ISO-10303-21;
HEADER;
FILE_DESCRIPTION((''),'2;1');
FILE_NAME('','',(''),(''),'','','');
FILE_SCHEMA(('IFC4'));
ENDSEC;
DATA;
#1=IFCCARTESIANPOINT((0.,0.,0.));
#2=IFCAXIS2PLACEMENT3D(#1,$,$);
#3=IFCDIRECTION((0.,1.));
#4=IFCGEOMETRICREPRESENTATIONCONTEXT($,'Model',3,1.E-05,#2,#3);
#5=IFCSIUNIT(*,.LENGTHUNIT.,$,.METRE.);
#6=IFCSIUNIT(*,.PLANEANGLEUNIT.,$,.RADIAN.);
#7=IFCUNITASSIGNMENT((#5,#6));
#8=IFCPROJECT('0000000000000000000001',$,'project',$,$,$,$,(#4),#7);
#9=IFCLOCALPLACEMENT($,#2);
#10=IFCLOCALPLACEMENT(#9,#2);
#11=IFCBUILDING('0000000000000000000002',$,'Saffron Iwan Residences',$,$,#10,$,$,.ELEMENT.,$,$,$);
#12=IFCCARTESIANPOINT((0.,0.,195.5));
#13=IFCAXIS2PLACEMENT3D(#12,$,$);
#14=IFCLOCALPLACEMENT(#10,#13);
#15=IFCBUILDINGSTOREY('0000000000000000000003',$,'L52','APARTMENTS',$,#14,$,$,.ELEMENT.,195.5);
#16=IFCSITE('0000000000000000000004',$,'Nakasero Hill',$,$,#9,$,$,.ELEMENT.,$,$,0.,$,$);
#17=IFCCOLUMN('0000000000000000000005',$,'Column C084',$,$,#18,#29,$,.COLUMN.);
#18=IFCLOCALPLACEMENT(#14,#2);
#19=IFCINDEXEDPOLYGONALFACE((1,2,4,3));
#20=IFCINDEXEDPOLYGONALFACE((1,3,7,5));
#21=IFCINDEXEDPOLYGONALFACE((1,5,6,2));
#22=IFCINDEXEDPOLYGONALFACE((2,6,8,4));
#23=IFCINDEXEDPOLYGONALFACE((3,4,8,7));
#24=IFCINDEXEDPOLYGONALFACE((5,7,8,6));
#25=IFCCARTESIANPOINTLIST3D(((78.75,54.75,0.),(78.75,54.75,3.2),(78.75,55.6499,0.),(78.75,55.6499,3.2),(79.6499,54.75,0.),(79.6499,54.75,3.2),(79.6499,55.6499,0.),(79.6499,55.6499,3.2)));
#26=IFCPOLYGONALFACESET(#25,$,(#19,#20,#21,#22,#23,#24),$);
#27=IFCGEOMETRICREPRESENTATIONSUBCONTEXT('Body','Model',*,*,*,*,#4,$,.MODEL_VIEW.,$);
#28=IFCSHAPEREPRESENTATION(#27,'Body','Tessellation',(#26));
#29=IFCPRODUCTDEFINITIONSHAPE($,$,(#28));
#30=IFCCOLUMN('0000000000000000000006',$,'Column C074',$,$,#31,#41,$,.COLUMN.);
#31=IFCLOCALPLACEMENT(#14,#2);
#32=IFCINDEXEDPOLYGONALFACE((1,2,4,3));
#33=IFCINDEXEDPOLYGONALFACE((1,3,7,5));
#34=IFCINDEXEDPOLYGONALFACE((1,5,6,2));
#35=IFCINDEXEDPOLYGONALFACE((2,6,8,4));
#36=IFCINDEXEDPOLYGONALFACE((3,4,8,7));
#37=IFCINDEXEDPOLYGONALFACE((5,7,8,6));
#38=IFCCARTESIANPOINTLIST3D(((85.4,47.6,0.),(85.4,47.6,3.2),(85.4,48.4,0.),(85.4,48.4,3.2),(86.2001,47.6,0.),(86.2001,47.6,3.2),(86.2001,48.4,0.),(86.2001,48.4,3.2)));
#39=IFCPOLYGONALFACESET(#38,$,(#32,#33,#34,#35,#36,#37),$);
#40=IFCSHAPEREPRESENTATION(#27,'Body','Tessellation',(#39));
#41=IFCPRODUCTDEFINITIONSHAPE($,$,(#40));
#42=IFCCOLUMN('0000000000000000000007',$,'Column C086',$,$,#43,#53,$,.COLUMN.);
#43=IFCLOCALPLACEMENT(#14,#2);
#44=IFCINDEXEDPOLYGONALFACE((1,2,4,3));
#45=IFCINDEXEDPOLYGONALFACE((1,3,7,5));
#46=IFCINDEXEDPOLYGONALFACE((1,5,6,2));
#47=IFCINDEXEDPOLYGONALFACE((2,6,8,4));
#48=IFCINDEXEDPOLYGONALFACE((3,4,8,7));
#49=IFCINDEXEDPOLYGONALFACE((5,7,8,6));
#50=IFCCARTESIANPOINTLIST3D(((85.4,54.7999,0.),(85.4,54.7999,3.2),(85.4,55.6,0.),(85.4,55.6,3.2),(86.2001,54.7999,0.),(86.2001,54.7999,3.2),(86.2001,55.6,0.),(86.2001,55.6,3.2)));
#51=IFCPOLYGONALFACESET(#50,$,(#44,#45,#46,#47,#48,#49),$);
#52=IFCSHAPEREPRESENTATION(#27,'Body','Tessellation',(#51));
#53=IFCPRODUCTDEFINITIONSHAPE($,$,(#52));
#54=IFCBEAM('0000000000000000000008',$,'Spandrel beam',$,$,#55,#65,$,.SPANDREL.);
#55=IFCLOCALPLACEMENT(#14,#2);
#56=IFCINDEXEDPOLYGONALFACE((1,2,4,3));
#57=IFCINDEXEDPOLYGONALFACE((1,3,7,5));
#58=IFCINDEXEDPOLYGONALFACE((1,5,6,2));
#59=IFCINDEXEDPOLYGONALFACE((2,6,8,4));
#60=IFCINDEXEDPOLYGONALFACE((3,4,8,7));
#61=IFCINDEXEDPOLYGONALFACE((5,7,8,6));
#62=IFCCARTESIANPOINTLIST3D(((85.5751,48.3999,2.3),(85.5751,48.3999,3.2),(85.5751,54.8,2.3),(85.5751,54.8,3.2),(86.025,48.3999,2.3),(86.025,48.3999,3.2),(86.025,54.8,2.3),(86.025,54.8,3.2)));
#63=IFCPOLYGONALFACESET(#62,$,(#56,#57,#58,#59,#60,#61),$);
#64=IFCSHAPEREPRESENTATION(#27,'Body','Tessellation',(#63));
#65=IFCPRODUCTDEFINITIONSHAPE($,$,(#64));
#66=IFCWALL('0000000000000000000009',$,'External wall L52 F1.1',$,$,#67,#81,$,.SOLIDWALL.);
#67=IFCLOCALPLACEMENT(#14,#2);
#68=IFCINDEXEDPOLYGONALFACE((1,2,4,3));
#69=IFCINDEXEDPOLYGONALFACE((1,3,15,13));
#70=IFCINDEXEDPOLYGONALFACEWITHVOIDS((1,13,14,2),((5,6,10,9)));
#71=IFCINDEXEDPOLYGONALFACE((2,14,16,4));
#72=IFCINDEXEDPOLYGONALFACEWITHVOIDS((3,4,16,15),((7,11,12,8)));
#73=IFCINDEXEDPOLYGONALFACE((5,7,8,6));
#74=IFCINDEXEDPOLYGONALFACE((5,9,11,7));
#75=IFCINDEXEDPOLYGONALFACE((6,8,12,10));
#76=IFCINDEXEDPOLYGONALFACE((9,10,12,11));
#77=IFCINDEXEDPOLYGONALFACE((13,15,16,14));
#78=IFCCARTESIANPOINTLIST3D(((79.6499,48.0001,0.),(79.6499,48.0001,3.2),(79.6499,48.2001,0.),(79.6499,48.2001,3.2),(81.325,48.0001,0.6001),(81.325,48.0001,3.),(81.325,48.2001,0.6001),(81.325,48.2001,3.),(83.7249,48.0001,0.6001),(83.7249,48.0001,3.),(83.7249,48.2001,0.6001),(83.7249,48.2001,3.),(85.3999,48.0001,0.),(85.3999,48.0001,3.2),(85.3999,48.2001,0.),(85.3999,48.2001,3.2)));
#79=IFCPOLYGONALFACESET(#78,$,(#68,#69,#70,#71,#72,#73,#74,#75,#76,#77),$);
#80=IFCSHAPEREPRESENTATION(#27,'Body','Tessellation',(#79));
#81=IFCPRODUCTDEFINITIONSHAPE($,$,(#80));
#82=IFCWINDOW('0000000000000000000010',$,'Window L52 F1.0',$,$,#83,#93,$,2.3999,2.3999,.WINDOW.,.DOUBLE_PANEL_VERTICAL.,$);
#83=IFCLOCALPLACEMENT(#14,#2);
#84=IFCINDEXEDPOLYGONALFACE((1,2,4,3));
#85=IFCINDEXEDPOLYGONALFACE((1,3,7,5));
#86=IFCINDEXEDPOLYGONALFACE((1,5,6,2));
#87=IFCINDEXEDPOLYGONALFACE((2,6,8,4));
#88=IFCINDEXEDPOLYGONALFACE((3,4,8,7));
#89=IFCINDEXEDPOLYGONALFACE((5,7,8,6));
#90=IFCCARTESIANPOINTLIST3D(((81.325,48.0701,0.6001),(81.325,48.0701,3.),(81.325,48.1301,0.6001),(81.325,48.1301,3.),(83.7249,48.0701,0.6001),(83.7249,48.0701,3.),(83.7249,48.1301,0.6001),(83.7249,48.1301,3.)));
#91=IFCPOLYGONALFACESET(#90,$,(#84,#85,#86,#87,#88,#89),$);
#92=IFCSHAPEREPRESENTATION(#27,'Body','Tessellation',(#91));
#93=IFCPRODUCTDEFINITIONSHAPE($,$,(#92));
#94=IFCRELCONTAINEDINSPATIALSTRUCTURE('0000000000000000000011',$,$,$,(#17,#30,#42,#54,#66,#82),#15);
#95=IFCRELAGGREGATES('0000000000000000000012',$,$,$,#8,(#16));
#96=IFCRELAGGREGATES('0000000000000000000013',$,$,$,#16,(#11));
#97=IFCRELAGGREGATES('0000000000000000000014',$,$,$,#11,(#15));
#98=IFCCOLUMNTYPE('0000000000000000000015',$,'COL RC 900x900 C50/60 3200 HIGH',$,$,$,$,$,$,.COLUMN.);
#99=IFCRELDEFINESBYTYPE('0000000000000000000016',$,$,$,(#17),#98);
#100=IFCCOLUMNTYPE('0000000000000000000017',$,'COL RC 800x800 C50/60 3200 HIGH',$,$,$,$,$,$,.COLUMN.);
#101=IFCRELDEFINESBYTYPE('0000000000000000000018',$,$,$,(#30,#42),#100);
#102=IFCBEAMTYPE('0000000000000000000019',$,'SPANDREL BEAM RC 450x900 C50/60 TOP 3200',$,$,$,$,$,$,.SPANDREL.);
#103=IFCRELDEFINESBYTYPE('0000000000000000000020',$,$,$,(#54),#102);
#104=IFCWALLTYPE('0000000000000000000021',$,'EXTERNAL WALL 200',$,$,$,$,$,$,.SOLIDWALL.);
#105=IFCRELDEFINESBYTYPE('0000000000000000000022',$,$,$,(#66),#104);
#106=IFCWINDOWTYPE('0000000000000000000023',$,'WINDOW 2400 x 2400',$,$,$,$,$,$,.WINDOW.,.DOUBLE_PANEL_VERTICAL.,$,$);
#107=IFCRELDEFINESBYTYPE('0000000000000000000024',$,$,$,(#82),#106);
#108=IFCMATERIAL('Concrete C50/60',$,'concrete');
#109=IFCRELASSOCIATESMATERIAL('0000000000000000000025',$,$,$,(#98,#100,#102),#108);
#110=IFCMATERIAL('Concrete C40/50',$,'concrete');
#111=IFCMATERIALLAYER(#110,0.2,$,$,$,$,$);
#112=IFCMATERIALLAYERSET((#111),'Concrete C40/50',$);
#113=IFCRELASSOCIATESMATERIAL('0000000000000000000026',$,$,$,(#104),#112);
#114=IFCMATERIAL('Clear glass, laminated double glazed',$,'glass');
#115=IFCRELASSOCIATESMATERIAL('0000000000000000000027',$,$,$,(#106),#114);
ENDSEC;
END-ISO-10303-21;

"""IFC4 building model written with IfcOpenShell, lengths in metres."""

from ifc_helpers import new_model, si_unit, direction, frame, frame_2d, origin, origin_2d, place, context, subcontext, project, spatial, rectangle, extrude, source, transform, mapped, material, layer, layer_set, material_profile, profile_set, type_object, element, fill, save


model = new_model("IFC4")

# Units and contexts
model_context = context("Model", 3, precision=1e-05, world=origin(), true_north=direction((0.0, 1.0)))
body_context = subcontext(model_context, "Body", "Model", "MODEL_VIEW")
ifc_project = project(units=[si_unit("LENGTHUNIT", "METRE"), si_unit("PLANEANGLEUNIT", "RADIAN")], contexts=[model_context])

# Site, building, storey
site_placement = place(None, origin())
site = spatial("IfcSite", under=ifc_project, at=site_placement, Name="Nakasero Hill", CompositionType="ELEMENT", RefElevation=0.0)
building_placement = place(site_placement, origin())
building = spatial("IfcBuilding", under=site, at=building_placement, Name="Saffron Iwan Residences", CompositionType="ELEMENT")
storey_placement = place(building_placement, frame((0.0, 0.0, 195.5)))
storey = spatial("IfcBuildingStorey", under=building, at=storey_placement, Name="L52", Description="APARTMENTS", CompositionType="ELEMENT", Elevation=195.5)

# Columns
ifc_material_1 = material(Name="Concrete C50/60", Category="concrete")
ifc_material_profile_1 = material_profile(ifc_material_1, rectangle(XDim=0.8999, YDim=0.8999, at=origin_2d()), Name="RC 900x900")
ifc_profile_set_1 = profile_set([ifc_material_profile_1], Name="Concrete C50/60")
column_type_1 = type_object("IfcColumnType", Name="COL RC 900x900 C50/60 3200 HIGH", PredefinedType="COLUMN", material=ifc_profile_set_1)
shared_shape_1 = source(origin(), body_context, "Body", "SweptSolid", [
    extrude(rectangle(XDim=0.8999, YDim=0.8999, at=origin_2d()), origin(), (0.0, 0.0, 1.0), 3.2),
])
column_placement = place(storey_placement, frame((79.2, 55.2, 0.0), z_axis=(0.0, 0.0, 1.0), x_axis=(1.0, 0.0, 0.0)))
element("IfcColumn", 1, at=column_placement, inside=storey, type_object=column_type_1, Name="Column C084", PredefinedType="COLUMN", context=body_context, shape_type="MappedRepresentation", body=[
    mapped(shared_shape_1, transform((0.0, 0.0, 0.0))),
])
ifc_material_profile_2 = material_profile(ifc_material_1, rectangle(XDim=0.8, YDim=0.8, at=origin_2d()), Name="RC 800x800")
ifc_profile_set_2 = profile_set([ifc_material_profile_2], Name="Concrete C50/60")
column_type_2 = type_object("IfcColumnType", Name="COL RC 800x800 C50/60 3200 HIGH", PredefinedType="COLUMN", material=ifc_profile_set_2)
shared_shape_2 = source(origin(), body_context, "Body", "SweptSolid", [
    extrude(rectangle(XDim=0.8, YDim=0.8, at=origin_2d()), origin(), (0.0, 0.0, 1.0), 3.2),
])
for number, where, z_axis, x_axis, name in (
    (2, (85.8, 48.0, 0.0), (0.0, 0.0, 1.0), (1.0, 0.0, 0.0), "Column C074"),
    (3, (85.8, 55.2, 0.0), (0.0, 0.0, 1.0), (1.0, 0.0, 0.0), "Column C086"),
):
    element("IfcColumn", number, at=place(storey_placement, frame(where, z_axis=z_axis, x_axis=x_axis)), inside=storey, type_object=column_type_2, Name=name, PredefinedType="COLUMN", context=body_context, shape_type="MappedRepresentation", body=[
        mapped(shared_shape_2, transform((0.0, 0.0, 0.0))),
    ])

# Beam
ifc_material_profile_3 = material_profile(ifc_material_1, rectangle(XDim=0.45, YDim=0.8999, at=origin_2d()), Name="RC 450x900")
ifc_profile_set_3 = profile_set([ifc_material_profile_3], Name="Concrete C50/60")
beam_type = type_object("IfcBeamType", Name="SPANDREL BEAM RC 450x900 C50/60 TOP 3200", PredefinedType="SPANDREL", material=ifc_profile_set_3)
shared_shape_3 = source(origin(), body_context, "Body", "SweptSolid", [
    extrude(rectangle(XDim=0.45, YDim=0.8999, at=origin_2d()), origin(), (0.0, 0.0, 1.0), 6.4001),
])
beam_placement = place(storey_placement, frame((85.8, 54.8, 2.75), z_axis=(0.0, -1.0, 0.0), x_axis=(1.0, 0.0, 0.0)))
element("IfcBeam", 4, at=beam_placement, inside=storey, type_object=beam_type, Name="Spandrel beam", PredefinedType="SPANDREL", context=body_context, shape_type="MappedRepresentation", body=[
    mapped(shared_shape_3, transform((0.0, 0.0, 0.0))),
])

# Wall, opening, window
ifc_material_2 = material(Name="Concrete C40/50", Category="concrete")
ifc_layer_1 = layer(ifc_material_2, 0.2)
ifc_layer_set_1 = layer_set([ifc_layer_1], Name="Concrete C40/50")
wall_type_1 = type_object("IfcWallType", Name="EXTERNAL WALL 200", PredefinedType="SOLIDWALL", material=ifc_layer_set_1)
wall_1_placement = place(storey_placement, frame((79.6499, 48.1001, 0.0), z_axis=(0.0, 0.0, 1.0), x_axis=(1.0, 0.0, 0.0)))
wall_1 = element("IfcWall", 5, at=wall_1_placement, inside=storey, type_object=wall_type_1, Name="External wall L52 F1.1", PredefinedType="SOLIDWALL", context=body_context, shape_type="SweptSolid", body=[
    extrude(rectangle(XDim=5.75, YDim=0.2, at=frame_2d((2.875, 0.0))), origin(), (0.0, 0.0, 1.0), 3.2),
])
opening_1_placement = place(wall_1_placement, frame((1.675, 0.0, 0.6001)))
opening_1 = element("IfcOpeningElement", 6, at=opening_1_placement, cuts=wall_1, PredefinedType="OPENING", context=body_context, shape_type="SweptSolid", body=[
    extrude(rectangle(XDim=2.3999, YDim=2.3999, at=frame_2d((1.2, 1.2))), frame((0.0, 0.1099, 0.0), z_axis=(0.0, -1.0, 0.0), x_axis=(1.0, 0.0, 0.0)), (0.0, 0.0, 1.0), 0.22),
])
ifc_material_3 = material(Name="Clear glass, laminated double glazed", Category="glass")
window_type_1 = type_object("IfcWindowType", Name="WINDOW 2400 x 2400", PartitioningType="DOUBLE_PANEL_VERTICAL", PredefinedType="WINDOW", material=ifc_material_3)
window_1_placement = place(opening_1_placement, origin())
window_1 = element("IfcWindow", 7, at=window_1_placement, inside=storey, type_object=window_type_1, Name="Window L52 F1.0", OverallHeight=2.3999, OverallWidth=2.3999, PartitioningType="DOUBLE_PANEL_VERTICAL", PredefinedType="WINDOW", context=body_context, shape_type="SweptSolid", body=[
    extrude(rectangle(XDim=2.3999, YDim=2.3999, at=frame_2d((1.2, 1.2))), frame((0.0, 0.03, 0.0), z_axis=(0.0, -1.0, 0.0), x_axis=(1.0, 0.0, 0.0)), (0.0, 0.0, 1.0), 0.0601),
])
fill(opening_1, window_1)

save(model, "model.ifc")
